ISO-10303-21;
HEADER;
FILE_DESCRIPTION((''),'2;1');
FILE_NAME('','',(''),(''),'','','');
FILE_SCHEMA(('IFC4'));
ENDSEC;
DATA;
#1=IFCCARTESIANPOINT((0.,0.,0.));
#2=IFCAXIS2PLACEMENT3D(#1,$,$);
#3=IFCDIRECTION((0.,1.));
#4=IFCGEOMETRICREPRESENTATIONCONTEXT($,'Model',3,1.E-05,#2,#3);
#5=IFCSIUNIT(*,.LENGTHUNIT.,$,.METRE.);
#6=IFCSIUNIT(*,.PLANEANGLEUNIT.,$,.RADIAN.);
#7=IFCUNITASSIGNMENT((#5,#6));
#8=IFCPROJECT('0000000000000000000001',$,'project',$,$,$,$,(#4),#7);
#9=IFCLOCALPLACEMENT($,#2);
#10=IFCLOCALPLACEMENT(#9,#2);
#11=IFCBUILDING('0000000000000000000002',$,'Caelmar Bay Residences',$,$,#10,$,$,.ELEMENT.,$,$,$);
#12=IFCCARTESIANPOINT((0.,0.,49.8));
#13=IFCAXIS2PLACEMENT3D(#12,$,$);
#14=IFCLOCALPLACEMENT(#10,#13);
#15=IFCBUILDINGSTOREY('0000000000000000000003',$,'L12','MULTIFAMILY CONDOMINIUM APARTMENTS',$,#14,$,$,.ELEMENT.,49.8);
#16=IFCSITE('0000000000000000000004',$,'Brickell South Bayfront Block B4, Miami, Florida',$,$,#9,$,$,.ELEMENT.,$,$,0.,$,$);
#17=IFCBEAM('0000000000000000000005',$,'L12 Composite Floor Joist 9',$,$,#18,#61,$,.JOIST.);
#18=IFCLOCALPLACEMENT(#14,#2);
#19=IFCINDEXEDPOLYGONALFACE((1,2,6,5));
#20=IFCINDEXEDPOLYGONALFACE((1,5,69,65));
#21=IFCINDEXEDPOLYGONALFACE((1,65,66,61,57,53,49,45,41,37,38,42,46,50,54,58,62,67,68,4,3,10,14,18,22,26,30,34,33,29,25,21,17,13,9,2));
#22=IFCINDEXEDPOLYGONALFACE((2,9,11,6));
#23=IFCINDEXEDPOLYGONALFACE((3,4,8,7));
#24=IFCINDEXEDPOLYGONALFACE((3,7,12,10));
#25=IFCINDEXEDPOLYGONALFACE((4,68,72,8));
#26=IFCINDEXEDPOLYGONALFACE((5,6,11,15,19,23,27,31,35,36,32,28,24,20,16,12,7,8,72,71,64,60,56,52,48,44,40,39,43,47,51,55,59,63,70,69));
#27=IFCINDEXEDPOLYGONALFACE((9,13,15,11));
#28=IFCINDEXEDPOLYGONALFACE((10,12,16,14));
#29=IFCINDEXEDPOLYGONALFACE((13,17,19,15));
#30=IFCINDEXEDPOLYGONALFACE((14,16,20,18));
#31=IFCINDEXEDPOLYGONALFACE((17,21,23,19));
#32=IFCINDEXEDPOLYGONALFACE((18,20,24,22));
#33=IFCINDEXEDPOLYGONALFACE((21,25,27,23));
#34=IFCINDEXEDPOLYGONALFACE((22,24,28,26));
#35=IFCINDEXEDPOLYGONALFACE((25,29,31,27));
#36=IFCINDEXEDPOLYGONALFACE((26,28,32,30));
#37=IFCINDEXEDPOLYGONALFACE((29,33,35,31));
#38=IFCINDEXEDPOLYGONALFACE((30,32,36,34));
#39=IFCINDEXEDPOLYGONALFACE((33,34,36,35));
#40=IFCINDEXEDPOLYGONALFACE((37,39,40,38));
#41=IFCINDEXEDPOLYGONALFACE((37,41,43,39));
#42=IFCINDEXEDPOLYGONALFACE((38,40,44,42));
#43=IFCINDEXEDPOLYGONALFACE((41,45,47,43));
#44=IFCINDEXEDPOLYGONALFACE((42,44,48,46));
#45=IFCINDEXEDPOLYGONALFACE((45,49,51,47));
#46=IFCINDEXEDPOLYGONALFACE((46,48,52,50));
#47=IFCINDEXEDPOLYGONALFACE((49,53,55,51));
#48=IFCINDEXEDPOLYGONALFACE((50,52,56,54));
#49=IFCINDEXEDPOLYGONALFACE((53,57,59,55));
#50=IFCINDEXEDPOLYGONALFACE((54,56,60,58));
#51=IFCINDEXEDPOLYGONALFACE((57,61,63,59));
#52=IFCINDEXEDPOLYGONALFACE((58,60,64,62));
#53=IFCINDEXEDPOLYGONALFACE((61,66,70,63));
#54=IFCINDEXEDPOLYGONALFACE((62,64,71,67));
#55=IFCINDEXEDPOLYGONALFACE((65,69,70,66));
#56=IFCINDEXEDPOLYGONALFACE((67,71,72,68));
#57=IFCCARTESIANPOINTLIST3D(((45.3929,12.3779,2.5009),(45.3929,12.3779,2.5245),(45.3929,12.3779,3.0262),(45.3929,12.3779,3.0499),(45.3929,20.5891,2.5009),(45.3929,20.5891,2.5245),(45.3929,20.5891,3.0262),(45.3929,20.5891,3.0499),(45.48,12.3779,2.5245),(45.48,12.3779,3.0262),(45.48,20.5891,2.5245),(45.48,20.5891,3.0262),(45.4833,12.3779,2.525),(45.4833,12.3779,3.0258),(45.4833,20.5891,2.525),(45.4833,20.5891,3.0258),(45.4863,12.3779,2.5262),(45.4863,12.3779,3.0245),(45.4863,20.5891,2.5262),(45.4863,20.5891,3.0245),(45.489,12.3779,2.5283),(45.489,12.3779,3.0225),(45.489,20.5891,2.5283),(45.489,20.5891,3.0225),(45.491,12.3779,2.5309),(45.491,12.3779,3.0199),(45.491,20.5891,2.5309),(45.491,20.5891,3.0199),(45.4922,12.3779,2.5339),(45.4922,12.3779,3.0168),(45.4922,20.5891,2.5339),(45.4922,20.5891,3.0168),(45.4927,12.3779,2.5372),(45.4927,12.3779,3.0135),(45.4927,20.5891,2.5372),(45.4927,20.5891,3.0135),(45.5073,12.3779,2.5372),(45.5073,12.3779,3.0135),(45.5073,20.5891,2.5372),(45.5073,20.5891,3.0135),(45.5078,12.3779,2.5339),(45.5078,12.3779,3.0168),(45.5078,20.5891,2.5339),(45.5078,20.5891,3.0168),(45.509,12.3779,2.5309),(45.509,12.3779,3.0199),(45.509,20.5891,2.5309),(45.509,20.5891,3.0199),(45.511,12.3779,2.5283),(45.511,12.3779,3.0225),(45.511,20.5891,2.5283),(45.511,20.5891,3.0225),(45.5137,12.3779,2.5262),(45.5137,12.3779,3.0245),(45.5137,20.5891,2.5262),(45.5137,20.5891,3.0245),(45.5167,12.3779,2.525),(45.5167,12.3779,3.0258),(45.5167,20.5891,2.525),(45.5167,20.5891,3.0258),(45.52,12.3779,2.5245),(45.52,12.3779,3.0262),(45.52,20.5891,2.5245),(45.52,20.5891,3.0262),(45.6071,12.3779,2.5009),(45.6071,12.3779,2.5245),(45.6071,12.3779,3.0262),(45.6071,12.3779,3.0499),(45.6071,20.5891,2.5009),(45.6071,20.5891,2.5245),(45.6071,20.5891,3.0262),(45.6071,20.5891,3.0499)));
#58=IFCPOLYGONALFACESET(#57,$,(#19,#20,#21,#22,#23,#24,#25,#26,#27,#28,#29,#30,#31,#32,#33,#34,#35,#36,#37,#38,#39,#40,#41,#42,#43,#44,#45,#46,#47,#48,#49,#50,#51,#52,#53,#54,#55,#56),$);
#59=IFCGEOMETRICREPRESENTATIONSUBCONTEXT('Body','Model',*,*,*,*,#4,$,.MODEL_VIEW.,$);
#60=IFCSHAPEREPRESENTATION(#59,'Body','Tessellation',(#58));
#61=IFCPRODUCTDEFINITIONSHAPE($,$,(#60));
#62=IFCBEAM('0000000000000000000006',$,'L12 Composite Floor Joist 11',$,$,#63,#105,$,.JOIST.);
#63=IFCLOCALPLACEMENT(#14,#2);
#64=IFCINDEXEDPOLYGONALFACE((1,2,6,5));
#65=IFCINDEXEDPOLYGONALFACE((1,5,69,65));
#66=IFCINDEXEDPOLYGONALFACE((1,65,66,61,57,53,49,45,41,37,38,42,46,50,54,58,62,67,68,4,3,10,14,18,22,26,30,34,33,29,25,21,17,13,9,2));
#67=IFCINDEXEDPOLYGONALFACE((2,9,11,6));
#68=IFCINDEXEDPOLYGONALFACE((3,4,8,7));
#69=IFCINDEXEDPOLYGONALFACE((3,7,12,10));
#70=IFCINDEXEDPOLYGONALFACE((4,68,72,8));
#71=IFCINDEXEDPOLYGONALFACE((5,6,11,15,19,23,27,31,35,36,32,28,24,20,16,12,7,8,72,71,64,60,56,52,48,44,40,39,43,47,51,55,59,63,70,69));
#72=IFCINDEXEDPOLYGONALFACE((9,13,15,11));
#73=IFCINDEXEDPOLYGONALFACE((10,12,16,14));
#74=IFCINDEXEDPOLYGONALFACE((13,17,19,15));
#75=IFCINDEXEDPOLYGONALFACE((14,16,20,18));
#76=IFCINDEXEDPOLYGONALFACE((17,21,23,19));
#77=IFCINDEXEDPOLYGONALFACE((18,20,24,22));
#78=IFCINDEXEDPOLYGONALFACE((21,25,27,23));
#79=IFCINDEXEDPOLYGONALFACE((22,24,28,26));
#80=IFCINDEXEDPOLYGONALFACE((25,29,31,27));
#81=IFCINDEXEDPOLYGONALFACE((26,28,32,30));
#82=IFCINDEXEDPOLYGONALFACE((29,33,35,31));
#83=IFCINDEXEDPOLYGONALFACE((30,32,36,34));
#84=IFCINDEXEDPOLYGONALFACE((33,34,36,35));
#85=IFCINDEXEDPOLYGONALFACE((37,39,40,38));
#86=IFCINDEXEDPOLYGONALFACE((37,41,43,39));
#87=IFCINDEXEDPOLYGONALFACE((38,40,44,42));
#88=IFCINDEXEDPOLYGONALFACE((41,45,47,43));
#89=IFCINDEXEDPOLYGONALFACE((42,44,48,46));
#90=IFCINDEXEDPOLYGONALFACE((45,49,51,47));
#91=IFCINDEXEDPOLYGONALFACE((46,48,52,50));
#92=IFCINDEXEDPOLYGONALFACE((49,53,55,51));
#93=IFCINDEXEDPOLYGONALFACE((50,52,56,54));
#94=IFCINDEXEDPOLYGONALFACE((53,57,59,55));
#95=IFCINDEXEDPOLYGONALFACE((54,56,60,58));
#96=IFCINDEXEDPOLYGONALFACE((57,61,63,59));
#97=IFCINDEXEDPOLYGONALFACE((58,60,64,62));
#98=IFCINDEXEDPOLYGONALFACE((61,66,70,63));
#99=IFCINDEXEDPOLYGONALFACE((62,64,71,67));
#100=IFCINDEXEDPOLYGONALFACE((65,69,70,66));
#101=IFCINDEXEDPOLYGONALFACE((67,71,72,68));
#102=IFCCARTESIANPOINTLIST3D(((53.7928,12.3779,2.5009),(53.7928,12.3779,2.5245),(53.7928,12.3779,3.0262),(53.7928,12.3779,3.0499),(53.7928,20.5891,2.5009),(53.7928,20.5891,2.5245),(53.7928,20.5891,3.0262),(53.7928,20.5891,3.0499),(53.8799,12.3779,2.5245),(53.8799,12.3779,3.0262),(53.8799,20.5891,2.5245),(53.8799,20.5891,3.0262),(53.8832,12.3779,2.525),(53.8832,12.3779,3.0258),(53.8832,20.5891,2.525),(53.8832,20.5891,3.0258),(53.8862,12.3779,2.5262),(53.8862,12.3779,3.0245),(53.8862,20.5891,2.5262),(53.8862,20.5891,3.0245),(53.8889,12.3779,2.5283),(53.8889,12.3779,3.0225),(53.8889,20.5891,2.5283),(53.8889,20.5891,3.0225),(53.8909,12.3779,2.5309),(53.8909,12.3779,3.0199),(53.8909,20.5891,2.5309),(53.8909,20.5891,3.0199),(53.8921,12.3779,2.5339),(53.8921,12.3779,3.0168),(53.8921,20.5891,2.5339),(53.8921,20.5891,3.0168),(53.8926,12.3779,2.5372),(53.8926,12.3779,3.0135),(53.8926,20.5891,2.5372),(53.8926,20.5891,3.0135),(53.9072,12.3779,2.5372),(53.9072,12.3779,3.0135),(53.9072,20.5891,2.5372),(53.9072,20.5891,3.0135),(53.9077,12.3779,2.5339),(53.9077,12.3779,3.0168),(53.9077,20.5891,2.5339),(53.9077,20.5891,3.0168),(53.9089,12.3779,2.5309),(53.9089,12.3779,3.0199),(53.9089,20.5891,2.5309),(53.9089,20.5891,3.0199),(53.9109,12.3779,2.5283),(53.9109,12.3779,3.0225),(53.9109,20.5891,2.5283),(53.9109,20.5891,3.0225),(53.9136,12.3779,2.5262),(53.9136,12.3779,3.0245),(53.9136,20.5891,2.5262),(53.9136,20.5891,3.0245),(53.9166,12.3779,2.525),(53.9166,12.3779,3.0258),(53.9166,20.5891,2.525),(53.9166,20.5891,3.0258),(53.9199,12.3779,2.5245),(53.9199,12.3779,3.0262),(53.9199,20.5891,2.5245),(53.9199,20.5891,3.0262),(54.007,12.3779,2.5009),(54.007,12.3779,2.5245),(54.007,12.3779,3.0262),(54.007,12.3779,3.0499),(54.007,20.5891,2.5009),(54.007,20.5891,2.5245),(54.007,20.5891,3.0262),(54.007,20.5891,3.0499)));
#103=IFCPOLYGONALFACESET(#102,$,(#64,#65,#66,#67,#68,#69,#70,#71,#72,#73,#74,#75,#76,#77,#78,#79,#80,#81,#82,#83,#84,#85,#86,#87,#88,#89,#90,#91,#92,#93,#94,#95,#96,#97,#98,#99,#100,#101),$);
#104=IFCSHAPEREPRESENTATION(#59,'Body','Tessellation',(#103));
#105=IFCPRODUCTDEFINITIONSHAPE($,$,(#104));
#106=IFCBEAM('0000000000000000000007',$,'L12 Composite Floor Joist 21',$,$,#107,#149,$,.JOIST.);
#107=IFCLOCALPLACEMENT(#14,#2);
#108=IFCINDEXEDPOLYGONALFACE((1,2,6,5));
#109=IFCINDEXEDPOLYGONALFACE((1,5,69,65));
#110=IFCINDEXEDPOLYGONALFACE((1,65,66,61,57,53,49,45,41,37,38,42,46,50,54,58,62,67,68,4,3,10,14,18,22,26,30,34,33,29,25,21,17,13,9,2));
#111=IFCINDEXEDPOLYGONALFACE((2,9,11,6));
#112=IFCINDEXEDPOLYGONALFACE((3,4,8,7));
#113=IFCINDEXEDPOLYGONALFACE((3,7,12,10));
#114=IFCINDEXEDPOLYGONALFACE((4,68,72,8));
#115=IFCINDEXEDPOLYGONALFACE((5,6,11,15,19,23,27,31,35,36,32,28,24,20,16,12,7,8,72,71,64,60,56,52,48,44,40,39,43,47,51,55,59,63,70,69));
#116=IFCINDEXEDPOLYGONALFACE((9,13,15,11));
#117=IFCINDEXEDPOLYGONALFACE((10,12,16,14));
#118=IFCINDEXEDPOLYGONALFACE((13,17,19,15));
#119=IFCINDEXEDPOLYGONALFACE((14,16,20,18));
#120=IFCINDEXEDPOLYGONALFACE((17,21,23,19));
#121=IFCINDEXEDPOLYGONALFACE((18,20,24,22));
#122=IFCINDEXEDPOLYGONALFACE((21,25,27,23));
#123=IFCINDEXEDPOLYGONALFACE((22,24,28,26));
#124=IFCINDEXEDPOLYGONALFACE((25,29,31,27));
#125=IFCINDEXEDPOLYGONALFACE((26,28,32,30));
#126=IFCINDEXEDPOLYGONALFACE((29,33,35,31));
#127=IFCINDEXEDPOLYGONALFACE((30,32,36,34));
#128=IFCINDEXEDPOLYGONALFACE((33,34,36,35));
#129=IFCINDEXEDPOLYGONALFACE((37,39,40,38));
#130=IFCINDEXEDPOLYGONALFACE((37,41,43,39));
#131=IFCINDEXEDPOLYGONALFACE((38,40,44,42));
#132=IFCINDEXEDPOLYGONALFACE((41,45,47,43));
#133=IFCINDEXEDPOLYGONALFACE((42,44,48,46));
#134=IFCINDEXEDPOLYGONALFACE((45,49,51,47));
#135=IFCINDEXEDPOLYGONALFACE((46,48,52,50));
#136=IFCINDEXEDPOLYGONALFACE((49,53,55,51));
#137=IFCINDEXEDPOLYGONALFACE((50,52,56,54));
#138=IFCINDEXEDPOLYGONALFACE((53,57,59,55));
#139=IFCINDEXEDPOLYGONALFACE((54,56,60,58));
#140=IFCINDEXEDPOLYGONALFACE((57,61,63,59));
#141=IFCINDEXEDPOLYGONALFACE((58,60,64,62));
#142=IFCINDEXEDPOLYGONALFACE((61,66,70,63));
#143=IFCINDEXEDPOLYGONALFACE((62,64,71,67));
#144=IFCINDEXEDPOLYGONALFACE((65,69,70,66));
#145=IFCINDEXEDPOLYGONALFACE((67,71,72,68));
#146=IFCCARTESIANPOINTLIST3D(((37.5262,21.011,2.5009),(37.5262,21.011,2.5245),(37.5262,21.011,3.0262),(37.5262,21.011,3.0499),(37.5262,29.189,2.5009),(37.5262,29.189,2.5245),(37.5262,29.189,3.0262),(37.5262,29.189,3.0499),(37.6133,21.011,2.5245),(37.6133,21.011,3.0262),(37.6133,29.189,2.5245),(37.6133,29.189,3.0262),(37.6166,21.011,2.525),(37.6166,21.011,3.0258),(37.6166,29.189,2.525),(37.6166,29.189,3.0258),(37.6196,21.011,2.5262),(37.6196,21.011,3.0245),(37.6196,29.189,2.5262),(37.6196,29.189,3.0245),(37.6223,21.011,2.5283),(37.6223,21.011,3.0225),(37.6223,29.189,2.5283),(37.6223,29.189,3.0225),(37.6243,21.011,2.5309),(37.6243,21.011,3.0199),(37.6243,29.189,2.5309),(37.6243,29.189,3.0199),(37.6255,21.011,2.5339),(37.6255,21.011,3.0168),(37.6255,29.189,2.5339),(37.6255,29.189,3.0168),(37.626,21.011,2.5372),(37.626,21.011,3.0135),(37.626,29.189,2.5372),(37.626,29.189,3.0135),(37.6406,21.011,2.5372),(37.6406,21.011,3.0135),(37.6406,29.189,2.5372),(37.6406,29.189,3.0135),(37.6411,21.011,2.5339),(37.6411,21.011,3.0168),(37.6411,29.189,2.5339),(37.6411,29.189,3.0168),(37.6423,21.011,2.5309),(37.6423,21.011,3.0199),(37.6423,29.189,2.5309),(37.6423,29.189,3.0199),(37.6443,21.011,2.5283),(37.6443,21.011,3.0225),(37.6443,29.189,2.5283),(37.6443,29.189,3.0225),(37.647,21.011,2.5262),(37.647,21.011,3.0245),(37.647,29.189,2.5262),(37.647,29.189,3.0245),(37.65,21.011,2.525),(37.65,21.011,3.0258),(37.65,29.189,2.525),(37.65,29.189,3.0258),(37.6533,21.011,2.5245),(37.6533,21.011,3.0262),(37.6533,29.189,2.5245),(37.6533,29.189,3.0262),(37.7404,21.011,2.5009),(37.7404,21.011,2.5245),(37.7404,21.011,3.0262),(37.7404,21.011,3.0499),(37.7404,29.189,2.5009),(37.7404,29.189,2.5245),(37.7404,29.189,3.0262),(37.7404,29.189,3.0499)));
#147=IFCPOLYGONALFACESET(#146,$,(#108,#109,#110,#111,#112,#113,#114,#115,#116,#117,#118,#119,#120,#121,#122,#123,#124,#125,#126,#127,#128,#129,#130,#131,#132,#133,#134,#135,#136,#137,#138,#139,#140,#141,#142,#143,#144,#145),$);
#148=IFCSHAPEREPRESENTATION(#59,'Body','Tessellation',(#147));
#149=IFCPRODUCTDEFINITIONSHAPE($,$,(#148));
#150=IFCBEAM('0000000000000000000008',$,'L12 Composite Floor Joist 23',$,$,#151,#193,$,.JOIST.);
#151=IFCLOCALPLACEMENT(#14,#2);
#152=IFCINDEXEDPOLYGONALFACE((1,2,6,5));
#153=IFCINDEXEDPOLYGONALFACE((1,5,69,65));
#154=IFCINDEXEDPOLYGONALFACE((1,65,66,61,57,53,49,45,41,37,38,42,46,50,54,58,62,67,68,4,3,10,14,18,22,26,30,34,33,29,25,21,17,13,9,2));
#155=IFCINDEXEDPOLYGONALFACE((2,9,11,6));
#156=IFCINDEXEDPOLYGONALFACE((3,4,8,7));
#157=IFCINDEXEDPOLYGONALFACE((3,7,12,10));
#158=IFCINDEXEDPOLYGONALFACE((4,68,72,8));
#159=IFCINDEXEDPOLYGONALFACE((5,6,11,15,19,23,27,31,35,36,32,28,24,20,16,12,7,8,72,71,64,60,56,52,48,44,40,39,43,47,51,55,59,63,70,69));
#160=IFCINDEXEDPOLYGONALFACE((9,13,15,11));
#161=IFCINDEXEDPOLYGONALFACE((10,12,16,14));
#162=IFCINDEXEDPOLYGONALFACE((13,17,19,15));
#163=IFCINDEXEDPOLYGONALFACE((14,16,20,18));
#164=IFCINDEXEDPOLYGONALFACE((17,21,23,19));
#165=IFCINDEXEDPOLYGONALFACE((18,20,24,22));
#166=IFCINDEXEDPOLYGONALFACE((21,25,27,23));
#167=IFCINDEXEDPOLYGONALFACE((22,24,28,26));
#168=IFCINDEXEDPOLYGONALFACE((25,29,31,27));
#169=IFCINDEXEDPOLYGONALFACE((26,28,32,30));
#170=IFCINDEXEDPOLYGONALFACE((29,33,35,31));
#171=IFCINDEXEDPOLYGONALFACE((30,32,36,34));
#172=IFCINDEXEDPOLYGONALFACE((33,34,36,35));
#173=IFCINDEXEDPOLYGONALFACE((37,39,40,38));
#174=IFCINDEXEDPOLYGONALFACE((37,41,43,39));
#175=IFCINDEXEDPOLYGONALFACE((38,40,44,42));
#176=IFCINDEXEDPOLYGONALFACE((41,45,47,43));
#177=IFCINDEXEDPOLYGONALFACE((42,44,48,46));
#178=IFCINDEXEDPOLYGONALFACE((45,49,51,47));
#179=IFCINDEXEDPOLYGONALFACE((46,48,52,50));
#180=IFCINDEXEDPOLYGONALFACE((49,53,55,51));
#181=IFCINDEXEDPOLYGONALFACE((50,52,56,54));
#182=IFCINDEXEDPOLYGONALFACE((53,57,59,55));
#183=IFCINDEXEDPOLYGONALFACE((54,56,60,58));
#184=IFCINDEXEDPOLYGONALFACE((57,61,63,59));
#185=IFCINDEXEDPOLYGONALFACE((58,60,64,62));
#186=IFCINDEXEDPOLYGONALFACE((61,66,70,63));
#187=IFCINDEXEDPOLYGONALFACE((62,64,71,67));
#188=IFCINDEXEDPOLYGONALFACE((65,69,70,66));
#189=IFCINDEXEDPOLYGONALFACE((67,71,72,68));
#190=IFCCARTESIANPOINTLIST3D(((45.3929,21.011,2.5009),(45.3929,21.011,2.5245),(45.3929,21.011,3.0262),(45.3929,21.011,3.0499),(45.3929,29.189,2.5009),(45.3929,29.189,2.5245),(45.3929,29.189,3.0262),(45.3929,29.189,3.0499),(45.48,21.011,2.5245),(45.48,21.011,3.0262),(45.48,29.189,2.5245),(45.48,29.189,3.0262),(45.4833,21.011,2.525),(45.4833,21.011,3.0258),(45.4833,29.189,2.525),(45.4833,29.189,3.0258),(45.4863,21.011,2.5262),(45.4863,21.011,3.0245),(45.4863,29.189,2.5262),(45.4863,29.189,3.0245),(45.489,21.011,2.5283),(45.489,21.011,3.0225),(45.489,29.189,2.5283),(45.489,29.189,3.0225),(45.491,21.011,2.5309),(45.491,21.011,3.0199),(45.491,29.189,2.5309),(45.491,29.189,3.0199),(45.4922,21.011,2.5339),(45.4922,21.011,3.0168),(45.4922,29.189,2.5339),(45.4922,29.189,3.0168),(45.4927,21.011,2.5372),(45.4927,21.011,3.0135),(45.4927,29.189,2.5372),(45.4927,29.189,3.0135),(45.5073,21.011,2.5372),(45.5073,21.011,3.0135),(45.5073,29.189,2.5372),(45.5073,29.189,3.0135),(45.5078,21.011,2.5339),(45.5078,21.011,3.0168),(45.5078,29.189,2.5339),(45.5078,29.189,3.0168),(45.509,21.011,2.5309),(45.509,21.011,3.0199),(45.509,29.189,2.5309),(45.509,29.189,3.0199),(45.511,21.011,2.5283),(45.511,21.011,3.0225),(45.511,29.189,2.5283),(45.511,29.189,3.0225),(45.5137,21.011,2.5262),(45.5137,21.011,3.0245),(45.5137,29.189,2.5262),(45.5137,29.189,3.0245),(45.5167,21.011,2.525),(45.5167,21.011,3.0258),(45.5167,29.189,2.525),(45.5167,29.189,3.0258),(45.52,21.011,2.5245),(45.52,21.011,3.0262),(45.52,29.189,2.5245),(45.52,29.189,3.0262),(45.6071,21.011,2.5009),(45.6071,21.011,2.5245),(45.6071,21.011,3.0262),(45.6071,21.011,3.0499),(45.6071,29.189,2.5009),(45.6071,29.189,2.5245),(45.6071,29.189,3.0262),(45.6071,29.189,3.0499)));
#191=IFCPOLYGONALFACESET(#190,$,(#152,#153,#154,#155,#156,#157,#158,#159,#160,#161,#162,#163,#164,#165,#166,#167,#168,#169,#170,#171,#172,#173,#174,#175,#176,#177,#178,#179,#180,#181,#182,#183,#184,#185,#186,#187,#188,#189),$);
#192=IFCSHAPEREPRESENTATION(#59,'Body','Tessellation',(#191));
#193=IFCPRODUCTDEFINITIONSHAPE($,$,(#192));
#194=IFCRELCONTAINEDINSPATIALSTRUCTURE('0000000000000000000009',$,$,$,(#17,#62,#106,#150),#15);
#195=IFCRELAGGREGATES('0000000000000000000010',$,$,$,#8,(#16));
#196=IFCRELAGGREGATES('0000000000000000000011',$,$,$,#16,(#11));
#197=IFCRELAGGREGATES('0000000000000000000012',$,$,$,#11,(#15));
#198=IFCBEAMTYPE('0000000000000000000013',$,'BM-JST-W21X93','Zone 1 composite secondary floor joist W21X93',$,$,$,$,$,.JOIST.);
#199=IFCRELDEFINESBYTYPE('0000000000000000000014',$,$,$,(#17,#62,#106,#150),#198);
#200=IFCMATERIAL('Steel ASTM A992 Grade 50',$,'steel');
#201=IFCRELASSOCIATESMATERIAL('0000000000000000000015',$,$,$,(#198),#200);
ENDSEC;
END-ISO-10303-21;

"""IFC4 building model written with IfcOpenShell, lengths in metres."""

from ifc_helpers import new_model, si_unit, direction, frame, origin, origin_2d, place, context, subcontext, project, spatial, i_section, extrude, material, material_profile, profile_set, type_object, element, save


model = new_model("IFC4")

# Units and contexts
model_context = context("Model", 3, precision=1e-05, world=origin(), true_north=direction((0.0, 1.0)))
body_context = subcontext(model_context, "Body", "Model", "MODEL_VIEW")
ifc_project = project(units=[si_unit("LENGTHUNIT", "METRE"), si_unit("PLANEANGLEUNIT", "RADIAN")], contexts=[model_context])

# Site, building, storey
site_placement = place(None, origin())
site = spatial("IfcSite", under=ifc_project, at=site_placement, Name="Brickell South Bayfront Block B4, Miami, Florida", CompositionType="ELEMENT", RefElevation=0.0)
building_placement = place(site_placement, origin())
building = spatial("IfcBuilding", under=site, at=building_placement, Name="Caelmar Bay Residences", CompositionType="ELEMENT")
storey_placement = place(building_placement, frame((0.0, 0.0, 49.8)))
storey = spatial("IfcBuildingStorey", under=building, at=storey_placement, Name="L12", Description="MULTIFAMILY CONDOMINIUM APARTMENTS", CompositionType="ELEMENT", Elevation=49.8)

# Beams
ifc_material_1 = material(Name="Steel ASTM A992 Grade 50", Category="steel")
ifc_material_profile_1 = material_profile(ifc_material_1, i_section(OverallWidth=0.2141, OverallDepth=0.5491, WebThickness=0.0146, FlangeThickness=0.0237, FilletRadius=0.0127, at=origin_2d()), Name="W21X93")
ifc_profile_set_1 = profile_set([ifc_material_profile_1], Name="Steel ASTM A992 Grade 50")
beam_type_1 = type_object("IfcBeamType", Name="BM-JST-W21X93", Description="Zone 1 composite secondary floor joist W21X93", PredefinedType="JOIST", material=ifc_profile_set_1)
for number, where, z_axis, x_axis, name in (
    (1, (45.5, 12.3779, 2.7754), (0.0, 1.0, 0.0), (-1.0, 0.0, 0.0), "L12 Composite Floor Joist 9"),
    (2, (53.8999, 12.3779, 2.7754), (0.0, 1.0, 0.0), (-1.0, 0.0, 0.0), "L12 Composite Floor Joist 11"),
):
    element("IfcBeam", number, at=place(storey_placement, frame(where, z_axis=z_axis, x_axis=x_axis)), inside=storey, type_object=beam_type_1, Name=name, PredefinedType="JOIST", context=body_context, shape_type="SweptSolid", body=[
        extrude(i_section(OverallWidth=0.2141, OverallDepth=0.5491, WebThickness=0.0146, FlangeThickness=0.0237, FilletRadius=0.0127, at=origin_2d()), origin(), (0.0, 0.0, 1.0), 8.2112),
    ])
for number, where, z_axis, x_axis, name in (
    (3, (37.6333, 21.011, 2.7754), (0.0, 1.0, 0.0), (-1.0, 0.0, 0.0), "L12 Composite Floor Joist 21"),
    (4, (45.5, 21.011, 2.7754), (0.0, 1.0, 0.0), (-1.0, 0.0, 0.0), "L12 Composite Floor Joist 23"),
):
    element("IfcBeam", number, at=place(storey_placement, frame(where, z_axis=z_axis, x_axis=x_axis)), inside=storey, type_object=beam_type_1, Name=name, PredefinedType="JOIST", context=body_context, shape_type="SweptSolid", body=[
        extrude(i_section(OverallWidth=0.2141, OverallDepth=0.5491, WebThickness=0.0146, FlangeThickness=0.0237, FilletRadius=0.0127, at=origin_2d()), origin(), (0.0, 0.0, 1.0), 8.178),
    ])

save(model, "model.ifc")
